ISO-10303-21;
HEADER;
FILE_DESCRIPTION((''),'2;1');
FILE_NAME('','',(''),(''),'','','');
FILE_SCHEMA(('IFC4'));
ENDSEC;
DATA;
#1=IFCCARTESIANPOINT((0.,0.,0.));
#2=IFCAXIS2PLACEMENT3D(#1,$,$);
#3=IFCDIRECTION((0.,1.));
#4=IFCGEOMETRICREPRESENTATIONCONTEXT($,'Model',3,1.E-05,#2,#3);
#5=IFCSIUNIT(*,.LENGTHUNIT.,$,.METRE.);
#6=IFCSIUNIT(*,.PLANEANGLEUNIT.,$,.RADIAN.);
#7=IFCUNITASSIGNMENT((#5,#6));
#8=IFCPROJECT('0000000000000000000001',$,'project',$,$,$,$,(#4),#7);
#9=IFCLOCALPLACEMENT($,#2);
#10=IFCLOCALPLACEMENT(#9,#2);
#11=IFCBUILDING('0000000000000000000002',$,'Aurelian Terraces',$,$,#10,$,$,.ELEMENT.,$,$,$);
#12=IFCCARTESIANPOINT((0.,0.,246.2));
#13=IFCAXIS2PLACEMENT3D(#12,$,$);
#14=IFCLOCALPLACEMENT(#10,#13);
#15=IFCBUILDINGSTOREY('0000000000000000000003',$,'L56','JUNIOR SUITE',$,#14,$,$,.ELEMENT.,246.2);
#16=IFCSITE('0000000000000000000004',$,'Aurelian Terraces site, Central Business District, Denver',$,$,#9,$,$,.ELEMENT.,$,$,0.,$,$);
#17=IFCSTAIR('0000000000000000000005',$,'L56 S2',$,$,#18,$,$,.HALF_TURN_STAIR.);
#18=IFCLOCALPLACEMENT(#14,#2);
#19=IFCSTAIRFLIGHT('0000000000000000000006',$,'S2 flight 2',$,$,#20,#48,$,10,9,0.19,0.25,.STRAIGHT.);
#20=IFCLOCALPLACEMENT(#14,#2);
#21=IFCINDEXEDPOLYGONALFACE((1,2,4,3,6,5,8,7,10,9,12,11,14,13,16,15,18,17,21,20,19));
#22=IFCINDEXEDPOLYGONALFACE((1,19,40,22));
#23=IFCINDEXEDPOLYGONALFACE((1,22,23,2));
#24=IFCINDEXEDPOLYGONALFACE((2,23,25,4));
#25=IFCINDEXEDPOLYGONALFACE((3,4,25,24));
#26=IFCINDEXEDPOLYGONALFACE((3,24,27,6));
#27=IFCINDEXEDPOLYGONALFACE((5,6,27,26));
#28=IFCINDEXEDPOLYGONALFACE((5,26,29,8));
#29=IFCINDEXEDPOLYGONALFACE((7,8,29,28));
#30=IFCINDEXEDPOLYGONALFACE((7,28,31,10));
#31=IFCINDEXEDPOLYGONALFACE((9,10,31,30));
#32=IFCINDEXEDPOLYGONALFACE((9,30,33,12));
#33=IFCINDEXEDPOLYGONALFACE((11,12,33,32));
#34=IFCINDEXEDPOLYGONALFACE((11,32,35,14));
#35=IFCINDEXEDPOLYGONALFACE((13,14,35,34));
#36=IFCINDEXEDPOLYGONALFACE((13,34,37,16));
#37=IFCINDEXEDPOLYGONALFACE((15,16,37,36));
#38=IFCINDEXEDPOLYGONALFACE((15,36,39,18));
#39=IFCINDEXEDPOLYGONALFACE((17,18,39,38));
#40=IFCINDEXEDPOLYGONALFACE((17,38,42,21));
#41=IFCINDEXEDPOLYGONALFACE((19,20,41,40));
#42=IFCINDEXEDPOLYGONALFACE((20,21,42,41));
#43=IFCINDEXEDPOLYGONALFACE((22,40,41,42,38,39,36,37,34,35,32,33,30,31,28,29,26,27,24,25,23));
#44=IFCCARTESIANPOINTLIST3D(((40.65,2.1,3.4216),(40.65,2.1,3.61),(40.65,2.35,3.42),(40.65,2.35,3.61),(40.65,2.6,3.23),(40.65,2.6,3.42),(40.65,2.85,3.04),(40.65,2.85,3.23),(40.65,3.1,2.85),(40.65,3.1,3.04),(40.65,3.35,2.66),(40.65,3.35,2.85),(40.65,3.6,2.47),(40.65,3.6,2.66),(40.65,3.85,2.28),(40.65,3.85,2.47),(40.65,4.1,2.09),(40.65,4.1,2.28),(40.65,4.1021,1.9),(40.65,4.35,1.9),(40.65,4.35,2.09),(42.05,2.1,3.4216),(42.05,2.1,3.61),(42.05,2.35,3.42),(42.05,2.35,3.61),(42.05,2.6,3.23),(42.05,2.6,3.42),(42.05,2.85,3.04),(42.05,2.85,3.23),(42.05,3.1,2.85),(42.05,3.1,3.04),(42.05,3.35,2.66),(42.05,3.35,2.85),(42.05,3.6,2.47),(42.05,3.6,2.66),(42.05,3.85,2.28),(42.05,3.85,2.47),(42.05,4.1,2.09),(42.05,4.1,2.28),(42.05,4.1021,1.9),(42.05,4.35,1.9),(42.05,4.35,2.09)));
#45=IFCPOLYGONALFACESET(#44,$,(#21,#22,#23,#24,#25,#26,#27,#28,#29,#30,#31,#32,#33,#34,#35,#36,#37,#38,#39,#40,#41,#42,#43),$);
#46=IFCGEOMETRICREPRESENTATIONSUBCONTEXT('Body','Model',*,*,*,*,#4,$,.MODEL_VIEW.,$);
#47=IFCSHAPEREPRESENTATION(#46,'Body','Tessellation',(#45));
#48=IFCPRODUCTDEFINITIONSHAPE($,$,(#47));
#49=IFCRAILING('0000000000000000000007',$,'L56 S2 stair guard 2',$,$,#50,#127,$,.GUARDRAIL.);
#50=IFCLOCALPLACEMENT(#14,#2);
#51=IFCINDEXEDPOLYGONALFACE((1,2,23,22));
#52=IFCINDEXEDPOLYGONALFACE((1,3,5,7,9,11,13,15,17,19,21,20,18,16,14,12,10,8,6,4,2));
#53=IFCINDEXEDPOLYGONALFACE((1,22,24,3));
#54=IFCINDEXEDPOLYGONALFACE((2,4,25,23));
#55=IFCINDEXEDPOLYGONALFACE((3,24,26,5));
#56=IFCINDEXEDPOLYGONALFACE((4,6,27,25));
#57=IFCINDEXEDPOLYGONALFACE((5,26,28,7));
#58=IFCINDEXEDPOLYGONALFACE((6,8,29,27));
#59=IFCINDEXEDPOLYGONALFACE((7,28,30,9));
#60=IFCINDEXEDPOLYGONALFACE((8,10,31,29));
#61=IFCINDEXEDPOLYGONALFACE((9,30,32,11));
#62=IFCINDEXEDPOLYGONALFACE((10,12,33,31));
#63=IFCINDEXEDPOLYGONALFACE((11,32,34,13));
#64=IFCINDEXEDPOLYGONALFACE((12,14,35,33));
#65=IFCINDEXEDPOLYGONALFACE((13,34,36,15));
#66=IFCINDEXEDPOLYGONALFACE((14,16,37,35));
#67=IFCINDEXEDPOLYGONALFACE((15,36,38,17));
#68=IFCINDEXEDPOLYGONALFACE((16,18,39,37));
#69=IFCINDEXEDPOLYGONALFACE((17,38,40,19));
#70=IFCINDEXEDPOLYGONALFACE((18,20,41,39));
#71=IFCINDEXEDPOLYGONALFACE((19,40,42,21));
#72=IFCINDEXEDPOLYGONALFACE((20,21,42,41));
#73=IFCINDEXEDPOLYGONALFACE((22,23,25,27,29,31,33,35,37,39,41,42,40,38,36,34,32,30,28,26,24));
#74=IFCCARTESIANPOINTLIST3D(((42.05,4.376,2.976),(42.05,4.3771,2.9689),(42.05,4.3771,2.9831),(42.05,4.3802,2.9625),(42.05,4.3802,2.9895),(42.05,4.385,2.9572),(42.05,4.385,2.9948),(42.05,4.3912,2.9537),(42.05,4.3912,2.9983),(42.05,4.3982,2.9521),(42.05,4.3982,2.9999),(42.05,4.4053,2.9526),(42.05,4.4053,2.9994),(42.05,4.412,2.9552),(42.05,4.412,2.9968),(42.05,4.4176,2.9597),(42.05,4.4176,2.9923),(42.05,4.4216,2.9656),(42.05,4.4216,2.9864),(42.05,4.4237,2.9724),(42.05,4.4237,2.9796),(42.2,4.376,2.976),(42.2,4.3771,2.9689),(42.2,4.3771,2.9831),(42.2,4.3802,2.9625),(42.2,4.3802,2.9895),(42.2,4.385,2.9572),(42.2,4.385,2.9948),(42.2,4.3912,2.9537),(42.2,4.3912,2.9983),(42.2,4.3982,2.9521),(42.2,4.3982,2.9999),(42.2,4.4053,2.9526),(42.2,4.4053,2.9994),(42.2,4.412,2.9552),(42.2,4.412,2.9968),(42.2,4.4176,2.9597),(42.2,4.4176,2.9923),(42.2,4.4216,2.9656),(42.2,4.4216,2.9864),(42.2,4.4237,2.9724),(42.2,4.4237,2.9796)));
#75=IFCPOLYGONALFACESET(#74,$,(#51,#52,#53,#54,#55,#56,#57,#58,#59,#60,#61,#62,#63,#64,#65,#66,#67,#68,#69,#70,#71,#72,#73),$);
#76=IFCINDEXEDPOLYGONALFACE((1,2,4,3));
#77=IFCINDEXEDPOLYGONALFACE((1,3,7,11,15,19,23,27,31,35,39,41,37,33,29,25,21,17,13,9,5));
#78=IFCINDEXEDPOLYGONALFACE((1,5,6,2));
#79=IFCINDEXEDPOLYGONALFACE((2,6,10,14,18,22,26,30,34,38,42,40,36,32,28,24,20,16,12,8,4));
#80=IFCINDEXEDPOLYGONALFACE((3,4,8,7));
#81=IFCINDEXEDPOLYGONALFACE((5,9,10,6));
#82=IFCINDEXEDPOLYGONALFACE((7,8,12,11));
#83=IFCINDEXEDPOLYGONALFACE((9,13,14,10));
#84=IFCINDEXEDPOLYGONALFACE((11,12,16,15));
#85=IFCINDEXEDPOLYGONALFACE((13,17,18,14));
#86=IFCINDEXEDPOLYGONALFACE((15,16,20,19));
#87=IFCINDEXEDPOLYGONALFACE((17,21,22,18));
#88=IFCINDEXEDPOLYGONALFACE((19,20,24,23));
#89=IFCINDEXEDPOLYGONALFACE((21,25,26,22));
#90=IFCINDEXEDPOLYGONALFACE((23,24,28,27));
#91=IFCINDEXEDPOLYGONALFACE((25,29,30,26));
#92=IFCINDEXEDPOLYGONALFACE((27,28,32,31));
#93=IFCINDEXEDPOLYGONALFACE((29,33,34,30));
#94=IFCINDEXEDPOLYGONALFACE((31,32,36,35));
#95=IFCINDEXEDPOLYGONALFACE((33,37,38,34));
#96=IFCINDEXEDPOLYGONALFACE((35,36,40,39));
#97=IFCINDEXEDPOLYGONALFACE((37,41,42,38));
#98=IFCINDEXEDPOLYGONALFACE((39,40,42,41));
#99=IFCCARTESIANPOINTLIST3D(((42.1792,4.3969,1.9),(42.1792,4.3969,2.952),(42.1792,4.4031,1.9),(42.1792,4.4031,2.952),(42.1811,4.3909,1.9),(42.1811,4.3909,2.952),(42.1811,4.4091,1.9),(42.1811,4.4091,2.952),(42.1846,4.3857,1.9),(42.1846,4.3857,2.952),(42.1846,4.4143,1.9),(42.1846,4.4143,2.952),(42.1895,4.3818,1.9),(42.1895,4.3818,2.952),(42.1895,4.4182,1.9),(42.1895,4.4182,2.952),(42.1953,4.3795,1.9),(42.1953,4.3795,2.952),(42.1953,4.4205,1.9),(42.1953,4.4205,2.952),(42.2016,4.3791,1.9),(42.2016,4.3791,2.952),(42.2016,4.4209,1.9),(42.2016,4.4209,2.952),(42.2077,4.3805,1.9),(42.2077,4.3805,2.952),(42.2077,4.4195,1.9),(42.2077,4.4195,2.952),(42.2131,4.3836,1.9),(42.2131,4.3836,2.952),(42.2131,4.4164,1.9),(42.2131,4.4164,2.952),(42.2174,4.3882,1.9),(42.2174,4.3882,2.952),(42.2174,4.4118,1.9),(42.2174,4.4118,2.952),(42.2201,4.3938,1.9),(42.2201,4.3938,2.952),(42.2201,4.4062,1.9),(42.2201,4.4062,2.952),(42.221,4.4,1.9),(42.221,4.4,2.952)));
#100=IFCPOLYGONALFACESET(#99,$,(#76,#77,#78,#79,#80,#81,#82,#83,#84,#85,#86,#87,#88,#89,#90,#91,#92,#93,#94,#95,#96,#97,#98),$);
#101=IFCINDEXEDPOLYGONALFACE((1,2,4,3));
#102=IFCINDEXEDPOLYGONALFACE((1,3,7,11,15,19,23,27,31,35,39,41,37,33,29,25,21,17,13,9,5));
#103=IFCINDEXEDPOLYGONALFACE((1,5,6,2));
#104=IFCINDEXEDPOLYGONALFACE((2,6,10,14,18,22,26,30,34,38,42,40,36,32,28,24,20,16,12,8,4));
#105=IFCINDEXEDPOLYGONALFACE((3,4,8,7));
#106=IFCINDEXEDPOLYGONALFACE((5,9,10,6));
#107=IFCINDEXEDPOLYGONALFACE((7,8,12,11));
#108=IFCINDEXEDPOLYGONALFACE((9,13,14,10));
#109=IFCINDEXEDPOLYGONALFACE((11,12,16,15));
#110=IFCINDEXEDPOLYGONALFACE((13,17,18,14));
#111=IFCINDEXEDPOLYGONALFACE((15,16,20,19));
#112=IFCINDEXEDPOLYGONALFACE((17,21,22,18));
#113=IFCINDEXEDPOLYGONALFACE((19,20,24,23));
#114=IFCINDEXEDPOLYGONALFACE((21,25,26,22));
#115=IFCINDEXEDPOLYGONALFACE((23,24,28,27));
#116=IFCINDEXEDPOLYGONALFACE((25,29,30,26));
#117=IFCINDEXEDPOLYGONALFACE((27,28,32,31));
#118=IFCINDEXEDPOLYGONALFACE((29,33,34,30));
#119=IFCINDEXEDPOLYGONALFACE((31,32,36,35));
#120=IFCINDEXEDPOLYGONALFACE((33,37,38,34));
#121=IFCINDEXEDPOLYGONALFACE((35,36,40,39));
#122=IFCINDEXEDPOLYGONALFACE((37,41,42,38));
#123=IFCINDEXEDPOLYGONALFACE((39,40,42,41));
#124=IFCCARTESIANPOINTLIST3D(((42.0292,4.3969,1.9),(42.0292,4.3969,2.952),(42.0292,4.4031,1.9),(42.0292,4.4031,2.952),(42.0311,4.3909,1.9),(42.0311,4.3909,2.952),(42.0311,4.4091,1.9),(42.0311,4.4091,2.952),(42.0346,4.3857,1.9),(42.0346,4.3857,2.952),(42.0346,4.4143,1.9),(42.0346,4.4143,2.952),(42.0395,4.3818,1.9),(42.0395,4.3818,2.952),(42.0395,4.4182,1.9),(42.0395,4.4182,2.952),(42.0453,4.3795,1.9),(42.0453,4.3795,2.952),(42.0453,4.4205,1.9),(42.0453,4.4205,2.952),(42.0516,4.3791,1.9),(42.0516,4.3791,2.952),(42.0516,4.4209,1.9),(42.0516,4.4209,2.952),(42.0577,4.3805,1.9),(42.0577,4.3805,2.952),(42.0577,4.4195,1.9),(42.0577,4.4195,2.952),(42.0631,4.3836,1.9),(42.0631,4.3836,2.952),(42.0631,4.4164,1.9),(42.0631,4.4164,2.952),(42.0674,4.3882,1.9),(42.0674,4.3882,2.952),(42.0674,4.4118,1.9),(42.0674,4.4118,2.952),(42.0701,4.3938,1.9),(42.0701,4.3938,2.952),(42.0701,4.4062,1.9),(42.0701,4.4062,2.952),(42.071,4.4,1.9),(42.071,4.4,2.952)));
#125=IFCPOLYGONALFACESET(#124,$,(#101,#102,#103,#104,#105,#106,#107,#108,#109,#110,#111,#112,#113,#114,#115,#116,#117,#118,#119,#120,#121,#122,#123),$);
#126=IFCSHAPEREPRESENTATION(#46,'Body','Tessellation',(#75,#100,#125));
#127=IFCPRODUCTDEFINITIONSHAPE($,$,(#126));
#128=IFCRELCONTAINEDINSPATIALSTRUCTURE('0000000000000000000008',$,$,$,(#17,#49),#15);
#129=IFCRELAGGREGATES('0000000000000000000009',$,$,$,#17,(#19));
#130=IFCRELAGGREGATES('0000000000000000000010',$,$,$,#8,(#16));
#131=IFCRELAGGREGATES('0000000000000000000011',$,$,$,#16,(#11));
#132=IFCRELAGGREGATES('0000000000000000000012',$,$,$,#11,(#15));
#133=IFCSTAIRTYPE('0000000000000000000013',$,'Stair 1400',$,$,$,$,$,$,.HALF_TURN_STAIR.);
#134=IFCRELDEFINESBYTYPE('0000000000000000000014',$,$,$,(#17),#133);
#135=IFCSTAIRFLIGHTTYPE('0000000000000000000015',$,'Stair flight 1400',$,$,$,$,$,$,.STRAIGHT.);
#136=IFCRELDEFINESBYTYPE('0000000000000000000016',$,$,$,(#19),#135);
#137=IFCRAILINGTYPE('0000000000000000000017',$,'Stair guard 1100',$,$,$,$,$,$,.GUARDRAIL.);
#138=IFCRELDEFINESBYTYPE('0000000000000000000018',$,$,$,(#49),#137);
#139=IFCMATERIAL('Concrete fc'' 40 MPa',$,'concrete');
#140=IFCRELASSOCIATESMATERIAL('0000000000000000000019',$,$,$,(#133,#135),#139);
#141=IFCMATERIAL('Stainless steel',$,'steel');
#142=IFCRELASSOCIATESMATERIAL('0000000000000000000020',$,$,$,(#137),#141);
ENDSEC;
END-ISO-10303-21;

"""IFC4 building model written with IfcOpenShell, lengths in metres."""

from ifc_helpers import new_model, si_unit, direction, frame, origin, origin_2d, place, context, subcontext, project, spatial, polyline, circle, outline, extrude, source, transform, mapped, material, type_object, element, aggregate, save


model = new_model("IFC4")

# Units and contexts
model_context = context("Model", 3, precision=1e-05, world=origin(), true_north=direction((0.0, 1.0)))
body_context = subcontext(model_context, "Body", "Model", "MODEL_VIEW")
ifc_project = project(units=[si_unit("LENGTHUNIT", "METRE"), si_unit("PLANEANGLEUNIT", "RADIAN")], contexts=[model_context])

# Site, building, storey
site_placement = place(None, origin())
site = spatial("IfcSite", under=ifc_project, at=site_placement, Name="Aurelian Terraces site, Central Business District, Denver", CompositionType="ELEMENT", RefElevation=0.0)
building_placement = place(site_placement, origin())
building = spatial("IfcBuilding", under=site, at=building_placement, Name="Aurelian Terraces", CompositionType="ELEMENT")
storey_placement = place(building_placement, frame((0.0, 0.0, 246.2)))
storey = spatial("IfcBuildingStorey", under=building, at=storey_placement, Name="L56", Description="JUNIOR SUITE", CompositionType="ELEMENT", Elevation=246.2)

# Stair, stair flight
ifc_material_1 = material(Name="Concrete fc' 40 MPa", Category="concrete")
stair_type = type_object("IfcStairType", Name="Stair 1400", PredefinedType="HALF_TURN_STAIR", material=ifc_material_1)
stair_placement = place(storey_placement, origin())
stair = element("IfcStair", 1, at=stair_placement, inside=storey, type_object=stair_type, Name="L56 S2", PredefinedType="HALF_TURN_STAIR")
stair_flight_type = type_object("IfcStairFlightType", Name="Stair flight 1400", PredefinedType="STRAIGHT", material=ifc_material_1)
shared_shape_1 = source(origin(), body_context, "Body", "SweptSolid", [
    extrude(outline(polyline([(0.0, 0.0), (0.0, 0.19), (0.25, 0.19), (0.25, 0.38), (0.5, 0.38), (0.5, 0.57), (0.75, 0.57), (0.75, 0.76), (1.0, 0.76), (1.0, 0.95), (1.25, 0.95), (1.25, 1.14), (1.5, 1.14), (1.5, 1.33), (1.75, 1.33), (1.75, 1.52), (2.0, 1.52), (2.0, 1.71), (2.25, 1.71), (2.25, 1.9), (2.25, 1.5216), (0.2479, 0.0), (0.0, 0.0)])), frame((0.0, 0.7, 0.0), z_axis=(0.0, -1.0, 0.0), x_axis=(1.0, 0.0, 0.0)), (0.0, 0.0, 1.0), 1.4),
])
stair_flight_placement = place(storey_placement, frame((41.35, 4.35, 1.9), z_axis=(0.0, 0.0, 1.0), x_axis=(0.0, -1.0, 0.0)))
stair_flight = element("IfcStairFlight", 2, at=stair_flight_placement, type_object=stair_flight_type, Name="S2 flight 2", NumberOfRisers=10, NumberOfTreads=9, PredefinedType="STRAIGHT", RiserHeight=0.19, TreadLength=0.25, context=body_context, shape_type="MappedRepresentation", body=[
    mapped(shared_shape_1, transform((0.0, 0.0, 0.0), scale=1.0)),
])
aggregate(stair, [stair_flight])

# Railing
ifc_material_2 = material(Name="Stainless steel", Category="steel")
railing_type = type_object("IfcRailingType", Name="Stair guard 1100", PredefinedType="GUARDRAIL", material=ifc_material_2)
shared_shape_2 = source(origin(), body_context, "Body", "SweptSolid", [
    extrude(circle(Radius=0.024, at=origin_2d()), frame((0.0, 0.0, 1.076), z_axis=(-1.0, 0.0, 0.0), x_axis=(0.0, -1.0, 0.0)), (0.0, 0.0, 1.0), 0.15),
    extrude(circle(Radius=0.021, at=origin_2d()), origin(), (0.0, 0.0, 1.0), 1.052),
    extrude(circle(Radius=0.021, at=origin_2d()), frame((-0.15, 0.0, 0.0)), (0.0, 0.0, 1.0), 1.052),
])
railing_1_placement = place(storey_placement, frame((42.2, 4.4, 1.9)))
element("IfcRailing", 3, at=railing_1_placement, inside=storey, type_object=railing_type, Name="L56 S2 stair guard 2", PredefinedType="GUARDRAIL", context=body_context, shape_type="MappedRepresentation", body=[
    mapped(shared_shape_2, transform((0.0, 0.0, 0.0), scale=1.0)),
])

save(model, "model.ifc")
